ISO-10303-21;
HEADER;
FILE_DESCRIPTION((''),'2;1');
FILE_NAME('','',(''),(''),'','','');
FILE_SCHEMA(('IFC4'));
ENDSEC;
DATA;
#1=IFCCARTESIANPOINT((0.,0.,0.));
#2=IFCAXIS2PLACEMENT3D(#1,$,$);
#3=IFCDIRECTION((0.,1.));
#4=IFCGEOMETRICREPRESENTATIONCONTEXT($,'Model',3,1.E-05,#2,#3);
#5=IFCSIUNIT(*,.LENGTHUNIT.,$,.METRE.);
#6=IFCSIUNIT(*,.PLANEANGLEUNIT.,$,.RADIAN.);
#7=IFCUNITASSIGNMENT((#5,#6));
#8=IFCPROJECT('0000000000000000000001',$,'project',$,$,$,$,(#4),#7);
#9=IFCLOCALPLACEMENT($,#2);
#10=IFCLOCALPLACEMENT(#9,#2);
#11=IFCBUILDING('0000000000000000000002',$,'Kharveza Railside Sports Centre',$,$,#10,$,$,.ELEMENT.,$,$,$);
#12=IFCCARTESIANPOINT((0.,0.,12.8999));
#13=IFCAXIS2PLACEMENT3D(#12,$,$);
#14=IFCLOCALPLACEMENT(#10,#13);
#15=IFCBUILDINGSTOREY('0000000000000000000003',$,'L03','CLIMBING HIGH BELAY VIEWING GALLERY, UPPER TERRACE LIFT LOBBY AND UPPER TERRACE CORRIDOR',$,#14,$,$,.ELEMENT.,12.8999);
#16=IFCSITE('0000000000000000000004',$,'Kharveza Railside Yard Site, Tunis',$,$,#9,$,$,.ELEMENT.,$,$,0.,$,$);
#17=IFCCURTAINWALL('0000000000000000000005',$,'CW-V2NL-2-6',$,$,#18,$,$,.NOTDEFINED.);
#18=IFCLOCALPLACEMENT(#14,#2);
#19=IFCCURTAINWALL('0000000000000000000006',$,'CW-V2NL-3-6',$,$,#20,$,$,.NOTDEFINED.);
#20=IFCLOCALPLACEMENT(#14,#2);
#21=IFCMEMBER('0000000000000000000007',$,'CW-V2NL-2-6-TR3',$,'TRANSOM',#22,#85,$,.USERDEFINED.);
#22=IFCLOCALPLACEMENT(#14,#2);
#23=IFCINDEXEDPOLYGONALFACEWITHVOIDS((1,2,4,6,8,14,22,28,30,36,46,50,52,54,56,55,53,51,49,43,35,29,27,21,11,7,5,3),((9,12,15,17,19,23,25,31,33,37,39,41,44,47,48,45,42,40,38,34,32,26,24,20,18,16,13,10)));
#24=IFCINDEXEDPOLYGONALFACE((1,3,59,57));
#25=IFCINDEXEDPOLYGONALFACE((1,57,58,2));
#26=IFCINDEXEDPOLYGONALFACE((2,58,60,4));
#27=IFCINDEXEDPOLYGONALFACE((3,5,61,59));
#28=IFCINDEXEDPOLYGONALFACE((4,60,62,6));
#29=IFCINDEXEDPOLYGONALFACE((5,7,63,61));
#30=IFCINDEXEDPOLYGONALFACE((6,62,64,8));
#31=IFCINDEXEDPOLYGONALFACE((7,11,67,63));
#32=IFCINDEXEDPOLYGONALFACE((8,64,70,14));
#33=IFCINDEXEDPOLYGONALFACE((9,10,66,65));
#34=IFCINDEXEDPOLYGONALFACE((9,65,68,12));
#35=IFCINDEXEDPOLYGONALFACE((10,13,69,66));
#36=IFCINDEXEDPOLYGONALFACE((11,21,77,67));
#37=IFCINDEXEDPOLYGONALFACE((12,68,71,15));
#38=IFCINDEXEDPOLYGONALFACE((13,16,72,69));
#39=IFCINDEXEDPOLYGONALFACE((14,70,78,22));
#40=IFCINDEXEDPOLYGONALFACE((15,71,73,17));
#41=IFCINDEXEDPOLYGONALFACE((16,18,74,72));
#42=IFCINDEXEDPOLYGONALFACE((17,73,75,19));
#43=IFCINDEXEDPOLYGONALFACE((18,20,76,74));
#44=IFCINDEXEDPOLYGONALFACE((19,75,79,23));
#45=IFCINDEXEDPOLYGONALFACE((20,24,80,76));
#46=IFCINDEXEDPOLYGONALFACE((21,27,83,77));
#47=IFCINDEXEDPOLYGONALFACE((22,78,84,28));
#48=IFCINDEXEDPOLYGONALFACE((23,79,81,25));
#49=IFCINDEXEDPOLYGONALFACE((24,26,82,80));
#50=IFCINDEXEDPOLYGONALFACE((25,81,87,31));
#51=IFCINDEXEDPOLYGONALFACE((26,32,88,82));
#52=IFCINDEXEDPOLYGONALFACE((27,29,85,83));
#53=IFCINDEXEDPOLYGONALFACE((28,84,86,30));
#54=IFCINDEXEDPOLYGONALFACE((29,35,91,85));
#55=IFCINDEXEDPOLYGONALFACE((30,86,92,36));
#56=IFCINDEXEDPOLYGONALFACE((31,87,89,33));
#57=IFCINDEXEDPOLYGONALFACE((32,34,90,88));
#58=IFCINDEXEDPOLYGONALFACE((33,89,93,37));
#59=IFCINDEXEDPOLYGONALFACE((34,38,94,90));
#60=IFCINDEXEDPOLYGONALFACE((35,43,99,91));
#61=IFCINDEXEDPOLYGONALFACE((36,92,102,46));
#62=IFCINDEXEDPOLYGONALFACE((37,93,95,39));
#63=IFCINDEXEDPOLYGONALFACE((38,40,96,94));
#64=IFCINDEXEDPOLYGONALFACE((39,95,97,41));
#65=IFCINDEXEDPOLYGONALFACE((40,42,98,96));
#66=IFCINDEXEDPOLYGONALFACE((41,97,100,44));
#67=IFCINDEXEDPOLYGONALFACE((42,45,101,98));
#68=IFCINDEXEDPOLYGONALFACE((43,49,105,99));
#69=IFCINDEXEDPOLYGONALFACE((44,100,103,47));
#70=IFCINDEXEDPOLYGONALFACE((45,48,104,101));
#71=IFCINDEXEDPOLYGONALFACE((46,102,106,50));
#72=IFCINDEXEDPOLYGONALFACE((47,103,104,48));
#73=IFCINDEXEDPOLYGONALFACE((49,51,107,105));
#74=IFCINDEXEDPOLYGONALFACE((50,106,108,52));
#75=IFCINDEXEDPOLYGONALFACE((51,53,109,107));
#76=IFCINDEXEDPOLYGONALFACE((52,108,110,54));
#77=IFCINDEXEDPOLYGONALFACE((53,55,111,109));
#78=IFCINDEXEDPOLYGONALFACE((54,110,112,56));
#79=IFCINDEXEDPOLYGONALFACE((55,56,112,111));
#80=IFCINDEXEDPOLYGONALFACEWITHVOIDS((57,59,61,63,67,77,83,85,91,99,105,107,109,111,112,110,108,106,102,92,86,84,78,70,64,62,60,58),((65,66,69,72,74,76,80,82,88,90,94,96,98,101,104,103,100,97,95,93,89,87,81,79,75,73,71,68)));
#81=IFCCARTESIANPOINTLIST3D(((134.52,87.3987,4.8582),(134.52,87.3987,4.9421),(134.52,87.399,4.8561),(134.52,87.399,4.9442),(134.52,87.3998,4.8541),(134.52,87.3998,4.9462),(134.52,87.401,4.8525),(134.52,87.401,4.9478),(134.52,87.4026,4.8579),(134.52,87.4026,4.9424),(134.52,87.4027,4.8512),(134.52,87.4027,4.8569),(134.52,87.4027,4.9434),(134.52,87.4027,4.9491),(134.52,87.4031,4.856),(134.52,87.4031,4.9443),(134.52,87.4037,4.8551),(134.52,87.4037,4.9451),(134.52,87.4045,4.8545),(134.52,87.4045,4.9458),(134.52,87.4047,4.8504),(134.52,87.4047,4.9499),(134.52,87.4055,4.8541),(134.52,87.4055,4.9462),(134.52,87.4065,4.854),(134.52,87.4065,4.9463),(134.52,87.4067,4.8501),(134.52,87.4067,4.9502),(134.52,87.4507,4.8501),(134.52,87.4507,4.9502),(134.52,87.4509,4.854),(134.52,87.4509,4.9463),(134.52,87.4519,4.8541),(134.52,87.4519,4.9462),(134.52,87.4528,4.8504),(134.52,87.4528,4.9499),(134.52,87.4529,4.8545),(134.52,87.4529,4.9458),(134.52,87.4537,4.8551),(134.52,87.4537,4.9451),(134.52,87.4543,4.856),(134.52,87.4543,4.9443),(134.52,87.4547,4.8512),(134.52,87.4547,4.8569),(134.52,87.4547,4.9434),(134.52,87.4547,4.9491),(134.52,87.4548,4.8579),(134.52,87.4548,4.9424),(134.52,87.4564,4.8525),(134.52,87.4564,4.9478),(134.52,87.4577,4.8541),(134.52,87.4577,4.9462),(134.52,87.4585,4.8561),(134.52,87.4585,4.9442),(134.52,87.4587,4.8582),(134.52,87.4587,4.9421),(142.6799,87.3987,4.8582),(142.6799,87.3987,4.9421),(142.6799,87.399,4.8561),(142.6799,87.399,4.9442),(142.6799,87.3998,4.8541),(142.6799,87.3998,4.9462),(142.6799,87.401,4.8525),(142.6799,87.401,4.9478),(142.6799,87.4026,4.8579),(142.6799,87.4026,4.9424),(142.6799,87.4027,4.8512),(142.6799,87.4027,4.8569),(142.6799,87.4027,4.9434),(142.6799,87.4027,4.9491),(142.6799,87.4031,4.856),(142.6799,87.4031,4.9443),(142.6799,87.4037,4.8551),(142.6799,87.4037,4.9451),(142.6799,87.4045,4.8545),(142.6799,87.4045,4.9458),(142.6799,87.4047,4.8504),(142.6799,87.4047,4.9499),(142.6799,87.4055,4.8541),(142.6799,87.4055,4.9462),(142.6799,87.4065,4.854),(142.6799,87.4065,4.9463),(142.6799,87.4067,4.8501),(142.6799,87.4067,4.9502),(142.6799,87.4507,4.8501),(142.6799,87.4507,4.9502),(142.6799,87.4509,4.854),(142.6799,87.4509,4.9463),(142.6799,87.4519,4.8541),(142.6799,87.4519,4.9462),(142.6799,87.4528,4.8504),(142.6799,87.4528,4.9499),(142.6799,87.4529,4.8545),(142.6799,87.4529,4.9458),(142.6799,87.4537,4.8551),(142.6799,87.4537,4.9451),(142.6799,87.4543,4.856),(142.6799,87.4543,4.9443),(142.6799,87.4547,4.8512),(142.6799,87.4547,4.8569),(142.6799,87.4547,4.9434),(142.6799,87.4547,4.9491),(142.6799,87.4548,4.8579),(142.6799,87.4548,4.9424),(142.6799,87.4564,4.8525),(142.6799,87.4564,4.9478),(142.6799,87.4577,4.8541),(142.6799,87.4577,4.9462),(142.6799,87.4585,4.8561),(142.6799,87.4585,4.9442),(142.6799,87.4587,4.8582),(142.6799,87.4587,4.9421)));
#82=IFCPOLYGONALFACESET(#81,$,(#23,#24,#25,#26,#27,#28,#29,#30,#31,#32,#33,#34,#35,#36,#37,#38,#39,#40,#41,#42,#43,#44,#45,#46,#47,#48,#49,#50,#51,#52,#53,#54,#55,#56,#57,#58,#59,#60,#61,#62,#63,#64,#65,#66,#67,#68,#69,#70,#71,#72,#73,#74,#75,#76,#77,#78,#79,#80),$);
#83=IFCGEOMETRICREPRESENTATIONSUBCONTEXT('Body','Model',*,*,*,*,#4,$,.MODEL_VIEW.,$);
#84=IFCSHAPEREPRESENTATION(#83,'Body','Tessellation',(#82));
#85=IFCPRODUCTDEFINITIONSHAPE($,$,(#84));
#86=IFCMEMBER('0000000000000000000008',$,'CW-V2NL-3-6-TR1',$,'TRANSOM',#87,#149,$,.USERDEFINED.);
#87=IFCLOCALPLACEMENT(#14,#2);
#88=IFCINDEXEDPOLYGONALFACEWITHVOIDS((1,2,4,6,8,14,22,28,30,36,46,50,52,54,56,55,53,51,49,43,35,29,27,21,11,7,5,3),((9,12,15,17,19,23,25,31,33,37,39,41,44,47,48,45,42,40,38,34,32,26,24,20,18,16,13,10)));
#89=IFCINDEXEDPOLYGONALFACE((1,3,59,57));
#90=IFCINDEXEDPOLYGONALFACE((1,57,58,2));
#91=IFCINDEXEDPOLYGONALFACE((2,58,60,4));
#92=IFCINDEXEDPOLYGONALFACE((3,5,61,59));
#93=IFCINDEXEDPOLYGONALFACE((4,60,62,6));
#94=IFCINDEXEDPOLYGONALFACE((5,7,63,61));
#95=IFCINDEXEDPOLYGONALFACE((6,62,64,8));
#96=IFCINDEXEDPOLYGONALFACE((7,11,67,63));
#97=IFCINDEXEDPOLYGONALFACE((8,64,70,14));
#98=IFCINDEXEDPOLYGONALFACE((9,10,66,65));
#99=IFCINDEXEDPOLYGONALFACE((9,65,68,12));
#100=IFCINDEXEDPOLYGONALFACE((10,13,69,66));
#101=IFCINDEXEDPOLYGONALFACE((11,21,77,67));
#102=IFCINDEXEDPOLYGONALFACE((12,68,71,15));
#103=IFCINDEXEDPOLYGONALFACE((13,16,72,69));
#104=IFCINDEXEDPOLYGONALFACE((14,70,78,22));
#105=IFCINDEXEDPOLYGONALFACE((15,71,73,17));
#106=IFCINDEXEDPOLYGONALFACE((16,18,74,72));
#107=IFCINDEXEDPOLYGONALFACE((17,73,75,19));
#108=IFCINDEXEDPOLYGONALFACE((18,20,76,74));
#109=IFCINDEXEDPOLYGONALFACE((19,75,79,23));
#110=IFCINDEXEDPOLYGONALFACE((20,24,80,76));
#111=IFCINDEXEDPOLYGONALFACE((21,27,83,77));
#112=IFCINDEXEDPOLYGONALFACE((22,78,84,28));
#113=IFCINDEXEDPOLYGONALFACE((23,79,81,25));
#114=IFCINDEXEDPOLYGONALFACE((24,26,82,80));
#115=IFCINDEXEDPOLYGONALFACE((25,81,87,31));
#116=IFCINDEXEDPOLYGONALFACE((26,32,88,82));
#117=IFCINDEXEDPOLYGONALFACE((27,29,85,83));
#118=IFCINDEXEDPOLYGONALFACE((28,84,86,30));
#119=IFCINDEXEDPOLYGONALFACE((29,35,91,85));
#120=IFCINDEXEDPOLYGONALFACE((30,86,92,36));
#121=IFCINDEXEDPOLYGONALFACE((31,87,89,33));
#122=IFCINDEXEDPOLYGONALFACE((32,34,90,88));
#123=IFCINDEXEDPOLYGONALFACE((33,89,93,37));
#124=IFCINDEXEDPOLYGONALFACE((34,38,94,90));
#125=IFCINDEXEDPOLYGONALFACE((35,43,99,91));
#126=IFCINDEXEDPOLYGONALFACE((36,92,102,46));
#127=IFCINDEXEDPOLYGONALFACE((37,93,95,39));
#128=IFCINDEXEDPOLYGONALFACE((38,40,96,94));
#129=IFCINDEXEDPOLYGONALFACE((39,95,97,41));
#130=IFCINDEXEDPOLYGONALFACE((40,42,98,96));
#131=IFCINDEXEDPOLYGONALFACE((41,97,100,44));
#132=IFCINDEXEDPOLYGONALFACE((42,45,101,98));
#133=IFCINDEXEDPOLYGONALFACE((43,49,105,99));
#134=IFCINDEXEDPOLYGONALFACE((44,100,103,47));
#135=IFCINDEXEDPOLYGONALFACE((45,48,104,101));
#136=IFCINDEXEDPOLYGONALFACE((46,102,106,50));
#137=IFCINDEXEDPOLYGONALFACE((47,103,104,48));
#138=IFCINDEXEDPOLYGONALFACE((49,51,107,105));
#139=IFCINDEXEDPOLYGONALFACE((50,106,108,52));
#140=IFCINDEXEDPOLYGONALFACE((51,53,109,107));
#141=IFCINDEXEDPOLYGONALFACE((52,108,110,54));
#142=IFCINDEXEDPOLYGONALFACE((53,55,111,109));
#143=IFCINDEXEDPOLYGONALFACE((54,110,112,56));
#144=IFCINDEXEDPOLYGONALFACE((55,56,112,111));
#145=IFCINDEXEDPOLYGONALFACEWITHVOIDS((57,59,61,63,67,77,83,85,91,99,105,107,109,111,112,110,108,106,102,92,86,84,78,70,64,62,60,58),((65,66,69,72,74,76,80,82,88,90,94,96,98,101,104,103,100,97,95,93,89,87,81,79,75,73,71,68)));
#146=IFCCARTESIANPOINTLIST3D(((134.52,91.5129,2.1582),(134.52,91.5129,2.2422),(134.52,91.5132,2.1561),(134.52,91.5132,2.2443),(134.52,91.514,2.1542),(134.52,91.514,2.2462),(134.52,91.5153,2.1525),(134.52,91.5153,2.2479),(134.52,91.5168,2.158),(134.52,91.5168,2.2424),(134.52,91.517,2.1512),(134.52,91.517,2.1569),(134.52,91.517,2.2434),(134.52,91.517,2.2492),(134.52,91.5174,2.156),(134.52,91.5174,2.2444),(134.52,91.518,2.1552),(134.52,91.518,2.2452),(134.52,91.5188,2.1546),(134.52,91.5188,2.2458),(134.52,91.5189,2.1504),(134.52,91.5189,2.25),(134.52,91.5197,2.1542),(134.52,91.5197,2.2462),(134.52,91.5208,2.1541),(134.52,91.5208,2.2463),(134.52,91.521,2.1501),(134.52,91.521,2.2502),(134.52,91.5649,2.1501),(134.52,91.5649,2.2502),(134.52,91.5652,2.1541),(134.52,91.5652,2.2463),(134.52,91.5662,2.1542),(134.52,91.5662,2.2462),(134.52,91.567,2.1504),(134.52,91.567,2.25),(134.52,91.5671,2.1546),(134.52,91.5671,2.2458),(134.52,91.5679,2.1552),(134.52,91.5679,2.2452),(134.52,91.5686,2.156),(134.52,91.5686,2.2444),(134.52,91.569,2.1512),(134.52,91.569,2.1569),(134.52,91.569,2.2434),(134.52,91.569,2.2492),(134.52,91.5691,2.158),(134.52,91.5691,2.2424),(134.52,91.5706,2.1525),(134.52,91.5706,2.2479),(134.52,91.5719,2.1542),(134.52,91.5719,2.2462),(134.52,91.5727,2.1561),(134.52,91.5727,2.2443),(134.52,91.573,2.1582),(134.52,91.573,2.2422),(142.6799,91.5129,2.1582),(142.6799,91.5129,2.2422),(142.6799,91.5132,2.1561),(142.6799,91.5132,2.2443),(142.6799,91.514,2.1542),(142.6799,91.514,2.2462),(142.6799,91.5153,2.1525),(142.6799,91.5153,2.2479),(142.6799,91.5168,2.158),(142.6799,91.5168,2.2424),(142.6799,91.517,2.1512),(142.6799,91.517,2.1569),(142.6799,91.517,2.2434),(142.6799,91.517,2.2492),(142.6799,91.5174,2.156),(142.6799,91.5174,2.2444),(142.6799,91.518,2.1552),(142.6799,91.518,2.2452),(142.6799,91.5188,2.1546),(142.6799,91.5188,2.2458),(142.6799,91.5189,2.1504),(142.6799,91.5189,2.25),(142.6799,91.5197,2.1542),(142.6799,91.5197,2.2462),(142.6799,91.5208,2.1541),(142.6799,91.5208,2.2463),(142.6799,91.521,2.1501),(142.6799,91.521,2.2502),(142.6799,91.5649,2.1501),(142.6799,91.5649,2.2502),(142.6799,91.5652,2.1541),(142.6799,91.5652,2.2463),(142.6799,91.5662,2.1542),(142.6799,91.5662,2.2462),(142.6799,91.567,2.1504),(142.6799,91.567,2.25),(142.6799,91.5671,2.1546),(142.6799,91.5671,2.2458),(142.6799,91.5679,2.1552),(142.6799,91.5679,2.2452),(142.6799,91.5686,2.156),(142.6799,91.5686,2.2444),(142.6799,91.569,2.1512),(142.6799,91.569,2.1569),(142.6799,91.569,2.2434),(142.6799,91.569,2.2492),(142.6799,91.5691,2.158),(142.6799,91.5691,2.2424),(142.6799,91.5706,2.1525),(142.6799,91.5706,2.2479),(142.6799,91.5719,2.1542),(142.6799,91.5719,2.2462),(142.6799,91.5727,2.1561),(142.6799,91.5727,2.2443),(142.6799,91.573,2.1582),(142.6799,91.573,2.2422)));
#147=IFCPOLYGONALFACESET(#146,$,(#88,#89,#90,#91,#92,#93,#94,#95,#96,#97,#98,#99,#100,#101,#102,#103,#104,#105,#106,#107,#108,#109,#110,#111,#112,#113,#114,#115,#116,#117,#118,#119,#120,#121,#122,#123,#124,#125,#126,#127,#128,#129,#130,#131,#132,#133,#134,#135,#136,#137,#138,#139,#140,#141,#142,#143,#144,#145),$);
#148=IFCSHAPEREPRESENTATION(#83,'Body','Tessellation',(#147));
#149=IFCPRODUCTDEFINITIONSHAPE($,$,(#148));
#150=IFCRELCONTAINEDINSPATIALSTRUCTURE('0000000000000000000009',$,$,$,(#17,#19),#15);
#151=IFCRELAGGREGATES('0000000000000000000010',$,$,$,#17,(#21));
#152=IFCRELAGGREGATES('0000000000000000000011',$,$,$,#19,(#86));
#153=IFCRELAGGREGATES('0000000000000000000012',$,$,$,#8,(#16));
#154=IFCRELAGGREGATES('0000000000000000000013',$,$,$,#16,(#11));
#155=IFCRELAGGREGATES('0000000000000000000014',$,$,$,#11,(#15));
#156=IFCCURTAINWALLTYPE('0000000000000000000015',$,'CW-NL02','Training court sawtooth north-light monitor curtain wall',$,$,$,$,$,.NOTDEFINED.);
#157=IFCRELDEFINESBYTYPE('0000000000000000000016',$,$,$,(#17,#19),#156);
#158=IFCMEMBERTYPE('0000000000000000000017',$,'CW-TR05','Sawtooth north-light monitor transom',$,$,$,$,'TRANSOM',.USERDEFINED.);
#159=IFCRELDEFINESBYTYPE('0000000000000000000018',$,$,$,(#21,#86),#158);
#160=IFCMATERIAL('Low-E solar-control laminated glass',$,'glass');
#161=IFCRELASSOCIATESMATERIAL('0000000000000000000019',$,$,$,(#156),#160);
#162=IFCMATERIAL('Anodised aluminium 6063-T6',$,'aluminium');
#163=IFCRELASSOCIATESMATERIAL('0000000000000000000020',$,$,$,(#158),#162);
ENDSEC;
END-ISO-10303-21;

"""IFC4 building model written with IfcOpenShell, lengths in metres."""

from ifc_helpers import new_model, si_unit, direction, frame, origin, origin_2d, place, context, subcontext, project, spatial, hollow_rectangle, extrude, material, material_profile, profile_set, type_object, element, aggregate, save


model = new_model("IFC4")

# Units and contexts
model_context = context("Model", 3, precision=1e-05, world=origin(), true_north=direction((0.0, 1.0)))
body_context = subcontext(model_context, "Body", "Model", "MODEL_VIEW")
ifc_project = project(units=[si_unit("LENGTHUNIT", "METRE"), si_unit("PLANEANGLEUNIT", "RADIAN")], contexts=[model_context])

# Site, building, storey
site_placement = place(None, origin())
site = spatial("IfcSite", under=ifc_project, at=site_placement, Name="Kharveza Railside Yard Site, Tunis", CompositionType="ELEMENT", RefElevation=0.0)
building_placement = place(site_placement, origin())
building = spatial("IfcBuilding", under=site, at=building_placement, Name="Kharveza Railside Sports Centre", CompositionType="ELEMENT")
storey_placement = place(building_placement, frame((0.0, 0.0, 12.8999)))
storey = spatial("IfcBuildingStorey", under=building, at=storey_placement, Name="L03", Description="CLIMBING HIGH BELAY VIEWING GALLERY, UPPER TERRACE LIFT LOBBY AND UPPER TERRACE CORRIDOR", CompositionType="ELEMENT", Elevation=12.8999)

# Curtain walls
ifc_material_1 = material(Name="Low-E solar-control laminated glass", Category="glass")
curtain_wall_type = type_object("IfcCurtainWallType", Name="CW-NL02", Description="Training court sawtooth north-light monitor curtain wall", PredefinedType="NOTDEFINED", material=ifc_material_1)
curtain_wall_1_placement = place(storey_placement, origin())
curtain_wall_1 = element("IfcCurtainWall", 1, at=curtain_wall_1_placement, inside=storey, type_object=curtain_wall_type, Name="CW-V2NL-2-6", PredefinedType="NOTDEFINED")
ifc_material_2 = material(Name="Anodised aluminium 6063-T6", Category="aluminium")
curtain_wall_2_placement = place(storey_placement, origin())
curtain_wall_2 = element("IfcCurtainWall", 2, at=curtain_wall_2_placement, inside=storey, type_object=curtain_wall_type, Name="CW-V2NL-3-6", PredefinedType="NOTDEFINED")

# Members
ifc_material_profile_1 = material_profile(ifc_material_2, hollow_rectangle(XDim=0.0601, YDim=0.1001, WallThickness=0.0039, InnerFilletRadius=0.0039, OuterFilletRadius=0.0081, at=origin_2d()), Name="RHS 60x100x4.0")
ifc_profile_set_1 = profile_set([ifc_material_profile_1], Name="Anodised aluminium 6063-T6")
member_type_1 = type_object("IfcMemberType", Name="CW-TR05", Description="Sawtooth north-light monitor transom", ElementType="TRANSOM", PredefinedType="USERDEFINED", material=ifc_profile_set_1)
member_1_placement = place(storey_placement, frame((134.52, 87.4287, 4.9001), z_axis=(1.0, 0.0, 0.0), x_axis=(0.0, 1.0, 0.0)))
member_1 = element("IfcMember", 3, at=member_1_placement, type_object=member_type_1, Name="CW-V2NL-2-6-TR3", ObjectType="TRANSOM", PredefinedType="USERDEFINED", context=body_context, shape_type="SweptSolid", body=[
    extrude(hollow_rectangle(XDim=0.0601, YDim=0.1001, WallThickness=0.0039, InnerFilletRadius=0.0039, OuterFilletRadius=0.0081, at=origin_2d()), origin(), (0.0, 0.0, 1.0), 8.1599),
])
member_2_placement = place(storey_placement, frame((134.52, 91.543, 2.2002), z_axis=(1.0, 0.0, 0.0), x_axis=(0.0, 1.0, 0.0)))
member_2 = element("IfcMember", 4, at=member_2_placement, type_object=member_type_1, Name="CW-V2NL-3-6-TR1", ObjectType="TRANSOM", PredefinedType="USERDEFINED", context=body_context, shape_type="SweptSolid", body=[
    extrude(hollow_rectangle(XDim=0.0601, YDim=0.1001, WallThickness=0.0039, InnerFilletRadius=0.0039, OuterFilletRadius=0.0081, at=origin_2d()), origin(), (0.0, 0.0, 1.0), 8.1599),
])

aggregate(curtain_wall_1, [member_1])
aggregate(curtain_wall_2, [member_2])

save(model, "model.ifc")
